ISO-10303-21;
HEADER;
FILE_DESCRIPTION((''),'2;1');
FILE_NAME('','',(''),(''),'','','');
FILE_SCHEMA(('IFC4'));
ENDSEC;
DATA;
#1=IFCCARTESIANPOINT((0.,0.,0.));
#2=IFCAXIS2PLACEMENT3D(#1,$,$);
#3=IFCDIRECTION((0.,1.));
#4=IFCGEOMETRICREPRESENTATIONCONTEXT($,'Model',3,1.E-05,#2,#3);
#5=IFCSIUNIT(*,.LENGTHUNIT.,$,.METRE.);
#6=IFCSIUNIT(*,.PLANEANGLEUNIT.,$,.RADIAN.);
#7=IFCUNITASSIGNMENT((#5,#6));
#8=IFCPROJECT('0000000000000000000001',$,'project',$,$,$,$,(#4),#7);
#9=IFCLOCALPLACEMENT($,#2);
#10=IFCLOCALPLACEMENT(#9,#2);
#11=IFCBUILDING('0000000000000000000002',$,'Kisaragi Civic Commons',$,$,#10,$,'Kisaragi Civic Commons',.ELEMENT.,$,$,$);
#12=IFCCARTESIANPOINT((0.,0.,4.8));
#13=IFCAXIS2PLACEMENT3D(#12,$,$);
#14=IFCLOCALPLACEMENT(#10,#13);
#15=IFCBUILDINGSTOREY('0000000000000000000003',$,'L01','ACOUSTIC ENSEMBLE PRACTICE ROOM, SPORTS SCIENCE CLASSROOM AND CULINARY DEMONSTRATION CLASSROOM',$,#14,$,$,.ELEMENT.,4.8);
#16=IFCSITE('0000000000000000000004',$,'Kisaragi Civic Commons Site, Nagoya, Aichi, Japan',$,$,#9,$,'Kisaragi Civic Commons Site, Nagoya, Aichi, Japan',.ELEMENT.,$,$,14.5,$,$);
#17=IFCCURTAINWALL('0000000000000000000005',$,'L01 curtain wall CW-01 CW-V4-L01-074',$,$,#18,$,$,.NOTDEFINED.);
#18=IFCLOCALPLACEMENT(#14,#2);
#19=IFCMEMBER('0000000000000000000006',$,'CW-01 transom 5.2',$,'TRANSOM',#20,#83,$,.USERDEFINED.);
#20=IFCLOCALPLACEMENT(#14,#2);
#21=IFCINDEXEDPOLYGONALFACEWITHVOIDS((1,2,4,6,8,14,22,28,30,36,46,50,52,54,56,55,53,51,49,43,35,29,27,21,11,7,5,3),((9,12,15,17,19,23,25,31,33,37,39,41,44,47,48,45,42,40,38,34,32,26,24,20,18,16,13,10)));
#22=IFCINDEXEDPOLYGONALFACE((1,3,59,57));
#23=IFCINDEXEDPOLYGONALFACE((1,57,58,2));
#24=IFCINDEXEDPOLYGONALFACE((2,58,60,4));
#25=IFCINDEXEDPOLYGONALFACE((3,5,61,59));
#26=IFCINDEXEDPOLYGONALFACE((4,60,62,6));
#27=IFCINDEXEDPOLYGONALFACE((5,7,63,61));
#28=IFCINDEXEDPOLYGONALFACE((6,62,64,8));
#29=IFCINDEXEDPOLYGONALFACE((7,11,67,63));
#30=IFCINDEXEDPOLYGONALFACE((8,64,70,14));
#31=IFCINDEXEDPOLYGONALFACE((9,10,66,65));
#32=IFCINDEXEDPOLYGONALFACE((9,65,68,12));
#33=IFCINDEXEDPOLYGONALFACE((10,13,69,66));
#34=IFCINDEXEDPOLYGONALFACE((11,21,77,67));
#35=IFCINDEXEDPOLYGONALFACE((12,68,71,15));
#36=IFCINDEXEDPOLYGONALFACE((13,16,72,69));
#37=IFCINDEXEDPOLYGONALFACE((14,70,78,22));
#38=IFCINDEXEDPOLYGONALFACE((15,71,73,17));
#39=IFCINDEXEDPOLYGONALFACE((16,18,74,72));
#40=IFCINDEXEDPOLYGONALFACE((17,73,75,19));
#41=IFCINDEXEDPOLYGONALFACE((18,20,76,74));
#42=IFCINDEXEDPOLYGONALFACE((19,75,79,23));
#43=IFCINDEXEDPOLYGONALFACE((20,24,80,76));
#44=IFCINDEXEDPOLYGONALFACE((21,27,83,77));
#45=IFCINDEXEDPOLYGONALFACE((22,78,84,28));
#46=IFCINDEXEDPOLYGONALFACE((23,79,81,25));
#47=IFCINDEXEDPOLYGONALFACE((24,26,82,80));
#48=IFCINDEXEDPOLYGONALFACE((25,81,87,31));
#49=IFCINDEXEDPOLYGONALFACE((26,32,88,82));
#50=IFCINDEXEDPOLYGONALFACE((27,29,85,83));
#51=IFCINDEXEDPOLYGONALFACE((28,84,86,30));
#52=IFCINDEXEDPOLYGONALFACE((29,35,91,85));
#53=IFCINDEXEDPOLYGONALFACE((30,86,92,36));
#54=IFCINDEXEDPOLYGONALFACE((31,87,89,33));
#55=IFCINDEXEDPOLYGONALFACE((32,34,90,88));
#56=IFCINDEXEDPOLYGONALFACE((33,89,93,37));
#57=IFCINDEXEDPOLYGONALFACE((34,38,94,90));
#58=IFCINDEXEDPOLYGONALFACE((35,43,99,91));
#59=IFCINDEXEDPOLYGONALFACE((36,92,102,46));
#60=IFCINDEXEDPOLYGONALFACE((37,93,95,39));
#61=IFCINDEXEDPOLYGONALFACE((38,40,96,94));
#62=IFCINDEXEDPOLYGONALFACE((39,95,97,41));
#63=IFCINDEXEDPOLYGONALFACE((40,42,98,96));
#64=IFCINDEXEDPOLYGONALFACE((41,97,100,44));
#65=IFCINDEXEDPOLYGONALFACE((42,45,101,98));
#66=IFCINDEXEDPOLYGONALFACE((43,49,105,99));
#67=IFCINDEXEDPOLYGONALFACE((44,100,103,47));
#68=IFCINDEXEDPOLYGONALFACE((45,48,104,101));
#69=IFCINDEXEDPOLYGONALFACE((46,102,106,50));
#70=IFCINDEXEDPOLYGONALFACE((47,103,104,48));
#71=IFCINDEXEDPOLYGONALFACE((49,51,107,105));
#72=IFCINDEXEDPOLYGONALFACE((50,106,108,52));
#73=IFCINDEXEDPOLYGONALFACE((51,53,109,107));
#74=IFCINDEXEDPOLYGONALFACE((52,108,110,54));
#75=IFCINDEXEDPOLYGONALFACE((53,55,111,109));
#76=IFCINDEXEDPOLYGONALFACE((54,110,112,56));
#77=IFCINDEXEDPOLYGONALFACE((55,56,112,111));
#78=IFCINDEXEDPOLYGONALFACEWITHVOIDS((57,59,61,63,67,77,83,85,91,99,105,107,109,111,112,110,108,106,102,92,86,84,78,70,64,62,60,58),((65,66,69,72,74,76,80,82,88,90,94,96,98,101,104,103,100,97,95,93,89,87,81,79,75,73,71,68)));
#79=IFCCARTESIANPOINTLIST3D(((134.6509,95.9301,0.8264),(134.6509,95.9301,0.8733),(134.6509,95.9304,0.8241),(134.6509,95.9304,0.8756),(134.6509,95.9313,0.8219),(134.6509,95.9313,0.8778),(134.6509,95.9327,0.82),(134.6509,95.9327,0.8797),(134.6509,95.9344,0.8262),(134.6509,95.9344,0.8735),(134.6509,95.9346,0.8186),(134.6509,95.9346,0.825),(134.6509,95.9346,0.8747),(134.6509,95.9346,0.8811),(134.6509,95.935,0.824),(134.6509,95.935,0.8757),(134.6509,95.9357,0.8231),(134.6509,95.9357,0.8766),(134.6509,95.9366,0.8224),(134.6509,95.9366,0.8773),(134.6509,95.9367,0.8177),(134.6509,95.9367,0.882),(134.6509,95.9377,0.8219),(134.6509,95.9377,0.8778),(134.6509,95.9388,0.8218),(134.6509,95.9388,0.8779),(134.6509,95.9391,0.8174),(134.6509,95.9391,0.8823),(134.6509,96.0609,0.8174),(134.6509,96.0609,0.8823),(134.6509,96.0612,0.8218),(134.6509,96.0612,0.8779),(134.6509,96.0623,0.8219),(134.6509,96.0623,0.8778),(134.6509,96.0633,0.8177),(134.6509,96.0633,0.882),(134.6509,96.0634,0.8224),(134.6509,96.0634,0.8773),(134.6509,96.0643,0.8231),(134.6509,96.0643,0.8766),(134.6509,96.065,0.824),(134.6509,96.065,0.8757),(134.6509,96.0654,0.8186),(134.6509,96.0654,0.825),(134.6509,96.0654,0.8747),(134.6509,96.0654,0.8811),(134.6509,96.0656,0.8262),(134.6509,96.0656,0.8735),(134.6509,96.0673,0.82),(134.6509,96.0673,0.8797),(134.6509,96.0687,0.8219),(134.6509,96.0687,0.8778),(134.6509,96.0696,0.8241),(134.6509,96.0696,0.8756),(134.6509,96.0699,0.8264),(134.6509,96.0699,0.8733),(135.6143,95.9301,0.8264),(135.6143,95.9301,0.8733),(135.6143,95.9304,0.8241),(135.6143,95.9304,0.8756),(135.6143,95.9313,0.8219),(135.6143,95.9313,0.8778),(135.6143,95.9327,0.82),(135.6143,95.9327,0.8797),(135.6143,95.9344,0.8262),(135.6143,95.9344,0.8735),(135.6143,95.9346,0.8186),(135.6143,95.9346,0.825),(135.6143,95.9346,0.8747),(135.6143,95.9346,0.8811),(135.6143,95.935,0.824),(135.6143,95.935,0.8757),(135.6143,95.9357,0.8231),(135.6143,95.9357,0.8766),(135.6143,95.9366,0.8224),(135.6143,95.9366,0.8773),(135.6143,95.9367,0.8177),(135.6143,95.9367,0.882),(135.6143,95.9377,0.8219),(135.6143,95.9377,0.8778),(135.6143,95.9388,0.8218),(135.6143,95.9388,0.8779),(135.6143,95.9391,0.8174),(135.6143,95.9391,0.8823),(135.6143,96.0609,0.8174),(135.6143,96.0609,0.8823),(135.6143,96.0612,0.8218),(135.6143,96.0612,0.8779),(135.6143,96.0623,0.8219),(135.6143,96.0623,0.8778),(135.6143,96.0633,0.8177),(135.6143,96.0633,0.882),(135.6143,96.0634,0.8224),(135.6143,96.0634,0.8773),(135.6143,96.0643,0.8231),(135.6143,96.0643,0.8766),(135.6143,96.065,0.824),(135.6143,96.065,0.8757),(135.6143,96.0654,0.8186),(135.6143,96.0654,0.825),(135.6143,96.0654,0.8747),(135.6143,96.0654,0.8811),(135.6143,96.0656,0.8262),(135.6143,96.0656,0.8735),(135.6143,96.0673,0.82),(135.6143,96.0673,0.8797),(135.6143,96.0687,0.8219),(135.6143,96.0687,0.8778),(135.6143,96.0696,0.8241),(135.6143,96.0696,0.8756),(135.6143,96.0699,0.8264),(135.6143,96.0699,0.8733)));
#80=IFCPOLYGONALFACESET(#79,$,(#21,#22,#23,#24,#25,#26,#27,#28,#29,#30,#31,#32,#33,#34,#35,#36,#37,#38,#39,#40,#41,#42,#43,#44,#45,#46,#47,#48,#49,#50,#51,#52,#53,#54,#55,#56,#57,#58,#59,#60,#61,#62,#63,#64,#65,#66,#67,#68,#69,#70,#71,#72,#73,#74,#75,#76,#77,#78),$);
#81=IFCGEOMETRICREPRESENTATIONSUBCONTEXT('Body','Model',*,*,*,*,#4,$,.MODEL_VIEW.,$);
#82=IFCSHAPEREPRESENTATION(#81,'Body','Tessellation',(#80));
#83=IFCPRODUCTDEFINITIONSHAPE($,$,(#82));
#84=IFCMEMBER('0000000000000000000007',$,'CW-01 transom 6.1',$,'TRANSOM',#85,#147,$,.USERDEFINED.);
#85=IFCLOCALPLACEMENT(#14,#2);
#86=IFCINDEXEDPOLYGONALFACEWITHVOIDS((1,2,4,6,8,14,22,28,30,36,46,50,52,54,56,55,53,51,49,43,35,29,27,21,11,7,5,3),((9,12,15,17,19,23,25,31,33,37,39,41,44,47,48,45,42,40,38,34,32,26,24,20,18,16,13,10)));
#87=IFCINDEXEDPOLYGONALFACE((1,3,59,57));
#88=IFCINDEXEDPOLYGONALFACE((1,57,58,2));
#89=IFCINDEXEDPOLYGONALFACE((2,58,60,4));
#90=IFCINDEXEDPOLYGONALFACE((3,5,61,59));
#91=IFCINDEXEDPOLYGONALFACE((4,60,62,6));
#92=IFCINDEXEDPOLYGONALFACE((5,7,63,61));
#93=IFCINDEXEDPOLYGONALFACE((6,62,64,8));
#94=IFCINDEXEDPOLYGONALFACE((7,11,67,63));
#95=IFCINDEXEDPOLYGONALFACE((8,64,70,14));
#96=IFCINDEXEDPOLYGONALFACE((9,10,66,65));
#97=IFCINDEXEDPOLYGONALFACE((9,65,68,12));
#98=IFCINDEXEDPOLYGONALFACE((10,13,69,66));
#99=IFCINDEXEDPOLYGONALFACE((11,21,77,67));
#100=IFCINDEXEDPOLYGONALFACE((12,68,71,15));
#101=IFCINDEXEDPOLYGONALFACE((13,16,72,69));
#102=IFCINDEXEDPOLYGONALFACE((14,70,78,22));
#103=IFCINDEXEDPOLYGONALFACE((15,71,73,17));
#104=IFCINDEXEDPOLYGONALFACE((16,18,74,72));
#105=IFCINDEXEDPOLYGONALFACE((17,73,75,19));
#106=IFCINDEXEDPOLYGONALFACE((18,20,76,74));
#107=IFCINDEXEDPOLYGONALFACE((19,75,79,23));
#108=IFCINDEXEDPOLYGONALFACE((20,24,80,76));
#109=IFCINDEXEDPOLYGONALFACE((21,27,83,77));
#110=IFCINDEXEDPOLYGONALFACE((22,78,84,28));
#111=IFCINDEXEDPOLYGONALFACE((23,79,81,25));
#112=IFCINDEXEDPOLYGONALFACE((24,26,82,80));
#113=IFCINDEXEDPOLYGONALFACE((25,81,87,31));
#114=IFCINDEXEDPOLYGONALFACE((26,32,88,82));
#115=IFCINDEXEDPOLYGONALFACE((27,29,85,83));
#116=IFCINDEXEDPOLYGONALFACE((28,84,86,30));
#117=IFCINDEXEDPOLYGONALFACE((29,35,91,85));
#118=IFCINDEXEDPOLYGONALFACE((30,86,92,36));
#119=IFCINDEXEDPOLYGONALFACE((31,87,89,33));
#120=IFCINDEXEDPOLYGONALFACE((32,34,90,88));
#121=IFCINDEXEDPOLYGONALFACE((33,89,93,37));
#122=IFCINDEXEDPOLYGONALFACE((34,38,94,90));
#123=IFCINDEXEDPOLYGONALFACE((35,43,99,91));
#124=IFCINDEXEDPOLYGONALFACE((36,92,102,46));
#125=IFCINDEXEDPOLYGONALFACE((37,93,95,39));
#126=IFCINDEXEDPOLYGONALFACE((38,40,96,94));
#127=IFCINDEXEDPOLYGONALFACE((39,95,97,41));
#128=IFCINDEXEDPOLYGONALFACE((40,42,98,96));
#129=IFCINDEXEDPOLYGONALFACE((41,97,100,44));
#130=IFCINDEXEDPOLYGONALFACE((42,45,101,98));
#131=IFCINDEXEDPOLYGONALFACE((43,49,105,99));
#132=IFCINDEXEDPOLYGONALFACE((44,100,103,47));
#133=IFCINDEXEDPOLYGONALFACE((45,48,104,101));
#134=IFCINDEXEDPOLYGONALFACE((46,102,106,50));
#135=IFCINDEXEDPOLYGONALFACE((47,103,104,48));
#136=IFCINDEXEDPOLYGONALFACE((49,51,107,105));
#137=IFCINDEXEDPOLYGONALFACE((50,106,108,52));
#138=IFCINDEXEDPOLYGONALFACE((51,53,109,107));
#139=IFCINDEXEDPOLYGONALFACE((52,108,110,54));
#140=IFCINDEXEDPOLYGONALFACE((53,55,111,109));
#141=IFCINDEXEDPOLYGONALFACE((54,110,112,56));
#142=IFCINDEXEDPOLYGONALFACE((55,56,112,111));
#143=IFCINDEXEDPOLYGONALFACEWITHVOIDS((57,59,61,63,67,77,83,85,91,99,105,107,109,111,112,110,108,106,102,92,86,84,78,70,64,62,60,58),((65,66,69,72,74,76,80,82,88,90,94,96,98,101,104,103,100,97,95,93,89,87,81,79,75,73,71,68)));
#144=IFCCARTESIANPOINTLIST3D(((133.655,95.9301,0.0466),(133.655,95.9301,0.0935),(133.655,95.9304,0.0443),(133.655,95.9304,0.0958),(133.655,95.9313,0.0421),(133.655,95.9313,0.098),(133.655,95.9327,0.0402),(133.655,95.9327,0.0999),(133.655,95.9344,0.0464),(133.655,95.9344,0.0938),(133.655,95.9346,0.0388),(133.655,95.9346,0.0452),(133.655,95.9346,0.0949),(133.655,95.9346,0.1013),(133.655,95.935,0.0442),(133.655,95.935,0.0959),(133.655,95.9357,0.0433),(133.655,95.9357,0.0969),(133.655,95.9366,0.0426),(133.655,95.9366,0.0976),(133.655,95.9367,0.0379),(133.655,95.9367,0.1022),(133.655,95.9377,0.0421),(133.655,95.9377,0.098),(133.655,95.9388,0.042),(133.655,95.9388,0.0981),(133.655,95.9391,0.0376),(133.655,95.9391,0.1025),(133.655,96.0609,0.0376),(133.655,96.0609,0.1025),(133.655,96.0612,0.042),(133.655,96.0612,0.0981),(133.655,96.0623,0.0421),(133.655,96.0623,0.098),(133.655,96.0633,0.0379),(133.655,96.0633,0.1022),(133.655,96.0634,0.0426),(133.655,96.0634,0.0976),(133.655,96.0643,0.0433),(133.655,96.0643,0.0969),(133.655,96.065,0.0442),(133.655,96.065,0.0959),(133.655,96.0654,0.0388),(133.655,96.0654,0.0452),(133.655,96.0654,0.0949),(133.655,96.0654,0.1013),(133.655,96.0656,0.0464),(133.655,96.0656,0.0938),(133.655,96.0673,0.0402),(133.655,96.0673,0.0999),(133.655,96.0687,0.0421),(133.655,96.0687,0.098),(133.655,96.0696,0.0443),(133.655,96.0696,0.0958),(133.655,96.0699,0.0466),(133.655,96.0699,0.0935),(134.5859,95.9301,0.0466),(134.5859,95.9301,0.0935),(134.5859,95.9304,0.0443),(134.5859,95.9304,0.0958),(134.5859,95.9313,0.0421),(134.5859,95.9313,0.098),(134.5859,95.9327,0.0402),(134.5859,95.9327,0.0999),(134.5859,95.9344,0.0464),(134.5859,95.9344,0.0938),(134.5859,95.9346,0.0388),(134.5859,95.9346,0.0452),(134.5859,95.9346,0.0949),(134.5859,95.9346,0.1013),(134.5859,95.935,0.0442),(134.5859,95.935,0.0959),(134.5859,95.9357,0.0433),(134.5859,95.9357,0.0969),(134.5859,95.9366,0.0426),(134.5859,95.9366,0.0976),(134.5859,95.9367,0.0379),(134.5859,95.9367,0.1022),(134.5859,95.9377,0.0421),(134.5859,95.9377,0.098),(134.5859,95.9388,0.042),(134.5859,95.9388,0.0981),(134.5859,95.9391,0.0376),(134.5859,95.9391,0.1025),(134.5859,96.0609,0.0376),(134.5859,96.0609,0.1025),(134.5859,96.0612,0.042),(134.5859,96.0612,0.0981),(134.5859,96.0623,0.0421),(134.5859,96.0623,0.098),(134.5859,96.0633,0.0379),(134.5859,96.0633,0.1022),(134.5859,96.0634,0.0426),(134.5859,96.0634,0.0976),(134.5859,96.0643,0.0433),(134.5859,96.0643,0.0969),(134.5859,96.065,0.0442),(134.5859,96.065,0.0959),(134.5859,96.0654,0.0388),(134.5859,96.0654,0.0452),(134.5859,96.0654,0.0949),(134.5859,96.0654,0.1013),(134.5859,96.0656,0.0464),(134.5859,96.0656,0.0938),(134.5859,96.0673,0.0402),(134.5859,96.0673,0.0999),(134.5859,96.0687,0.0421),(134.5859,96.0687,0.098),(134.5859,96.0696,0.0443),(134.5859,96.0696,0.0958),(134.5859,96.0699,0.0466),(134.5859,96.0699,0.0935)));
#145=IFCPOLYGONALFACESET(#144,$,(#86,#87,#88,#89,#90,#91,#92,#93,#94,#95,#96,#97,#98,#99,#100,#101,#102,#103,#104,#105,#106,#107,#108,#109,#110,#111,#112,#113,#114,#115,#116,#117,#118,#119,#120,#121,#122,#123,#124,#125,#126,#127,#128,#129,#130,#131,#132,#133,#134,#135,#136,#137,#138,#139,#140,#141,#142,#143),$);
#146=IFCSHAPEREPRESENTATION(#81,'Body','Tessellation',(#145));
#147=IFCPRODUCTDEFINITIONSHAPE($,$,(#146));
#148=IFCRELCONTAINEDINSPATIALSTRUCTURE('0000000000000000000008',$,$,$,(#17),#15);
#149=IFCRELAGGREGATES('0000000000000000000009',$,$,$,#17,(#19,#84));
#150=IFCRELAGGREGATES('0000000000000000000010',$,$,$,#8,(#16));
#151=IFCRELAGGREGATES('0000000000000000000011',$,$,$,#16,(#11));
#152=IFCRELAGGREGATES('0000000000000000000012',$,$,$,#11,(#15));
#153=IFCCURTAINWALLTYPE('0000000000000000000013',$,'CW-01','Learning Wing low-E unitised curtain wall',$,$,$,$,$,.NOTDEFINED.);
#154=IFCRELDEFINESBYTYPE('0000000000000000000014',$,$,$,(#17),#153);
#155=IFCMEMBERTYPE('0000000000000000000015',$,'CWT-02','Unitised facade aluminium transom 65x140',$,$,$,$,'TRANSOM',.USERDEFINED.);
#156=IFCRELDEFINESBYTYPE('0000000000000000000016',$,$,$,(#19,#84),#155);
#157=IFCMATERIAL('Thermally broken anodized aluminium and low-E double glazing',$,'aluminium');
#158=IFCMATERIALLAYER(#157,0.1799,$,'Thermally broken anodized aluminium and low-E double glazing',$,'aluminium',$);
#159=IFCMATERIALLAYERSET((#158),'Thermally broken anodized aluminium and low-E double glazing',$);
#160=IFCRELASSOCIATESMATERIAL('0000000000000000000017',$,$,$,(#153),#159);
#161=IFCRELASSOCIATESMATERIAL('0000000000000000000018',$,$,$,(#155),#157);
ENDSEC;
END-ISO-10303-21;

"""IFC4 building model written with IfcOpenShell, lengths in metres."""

from ifc_helpers import new_model, si_unit, direction, frame, origin, origin_2d, place, context, subcontext, project, spatial, hollow_rectangle, extrude, material, layer, layer_set, material_profile, profile_set, type_object, element, aggregate, save


model = new_model("IFC4")

# Units and contexts
model_context = context("Model", 3, precision=1e-05, world=origin(), true_north=direction((0.0, 1.0)))
body_context = subcontext(model_context, "Body", "Model", "MODEL_VIEW")
ifc_project = project(units=[si_unit("LENGTHUNIT", "METRE"), si_unit("PLANEANGLEUNIT", "RADIAN")], contexts=[model_context])

# Site, building, storey
site_placement = place(None, origin())
site = spatial("IfcSite", under=ifc_project, at=site_placement, Name="Kisaragi Civic Commons Site, Nagoya, Aichi, Japan", LongName="Kisaragi Civic Commons Site, Nagoya, Aichi, Japan", CompositionType="ELEMENT", RefElevation=14.5)
building_placement = place(site_placement, origin())
building = spatial("IfcBuilding", under=site, at=building_placement, Name="Kisaragi Civic Commons", LongName="Kisaragi Civic Commons", CompositionType="ELEMENT")
storey_placement = place(building_placement, frame((0.0, 0.0, 4.8)))
storey = spatial("IfcBuildingStorey", under=building, at=storey_placement, Name="L01", Description="ACOUSTIC ENSEMBLE PRACTICE ROOM, SPORTS SCIENCE CLASSROOM AND CULINARY DEMONSTRATION CLASSROOM", CompositionType="ELEMENT", Elevation=4.8)

# Curtain wall
ifc_material_1 = material(Name="Thermally broken anodized aluminium and low-E double glazing", Category="aluminium")
ifc_layer_1 = layer(ifc_material_1, 0.1799, Name="Thermally broken anodized aluminium and low-E double glazing", Category="aluminium")
ifc_layer_set_1 = layer_set([ifc_layer_1], Name="Thermally broken anodized aluminium and low-E double glazing")
curtain_wall_type = type_object("IfcCurtainWallType", Name="CW-01", Description="Learning Wing low-E unitised curtain wall", PredefinedType="NOTDEFINED", material=ifc_layer_set_1)
curtain_wall_1_placement = place(storey_placement, origin())
curtain_wall_1 = element("IfcCurtainWall", 1, at=curtain_wall_1_placement, inside=storey, type_object=curtain_wall_type, Name="L01 curtain wall CW-01 CW-V4-L01-074", PredefinedType="NOTDEFINED")

# Members
ifc_material_profile_1 = material_profile(ifc_material_1, hollow_rectangle(XDim=0.1399, YDim=0.0649, WallThickness=0.0044, InnerFilletRadius=0.0044, OuterFilletRadius=0.009, at=origin_2d()), Name="CWT-65x140x4.5", Category="aluminium")
ifc_profile_set_1 = profile_set([ifc_material_profile_1], Name="Thermally broken anodized aluminium and low-E double glazing")
member_type_1 = type_object("IfcMemberType", Name="CWT-02", Description="Unitised facade aluminium transom 65x140", ElementType="TRANSOM", PredefinedType="USERDEFINED", material=ifc_profile_set_1)
member_1_placement = place(storey_placement, frame((135.6143, 96.0, 0.8499), z_axis=(-1.0, 0.0, 0.0), x_axis=(0.0, -1.0, 0.0)))
member_1 = element("IfcMember", 2, at=member_1_placement, type_object=member_type_1, Name="CW-01 transom 5.2", ObjectType="TRANSOM", PredefinedType="USERDEFINED", context=body_context, shape_type="SweptSolid", body=[
    extrude(hollow_rectangle(XDim=0.1399, YDim=0.0649, WallThickness=0.0044, InnerFilletRadius=0.0044, OuterFilletRadius=0.009, at=origin_2d()), origin(), (0.0, 0.0, 1.0), 0.9634),
])
member_2_placement = place(storey_placement, frame((134.5859, 96.0, 0.0701), z_axis=(-1.0, 0.0, 0.0), x_axis=(0.0, -1.0, 0.0)))
member_2 = element("IfcMember", 3, at=member_2_placement, type_object=member_type_1, Name="CW-01 transom 6.1", ObjectType="TRANSOM", PredefinedType="USERDEFINED", context=body_context, shape_type="SweptSolid", body=[
    extrude(hollow_rectangle(XDim=0.1399, YDim=0.0649, WallThickness=0.0044, InnerFilletRadius=0.0044, OuterFilletRadius=0.009, at=origin_2d()), origin(), (0.0, 0.0, 1.0), 0.9309),
])

aggregate(curtain_wall_1, [member_1, member_2])

save(model, "model.ifc")
